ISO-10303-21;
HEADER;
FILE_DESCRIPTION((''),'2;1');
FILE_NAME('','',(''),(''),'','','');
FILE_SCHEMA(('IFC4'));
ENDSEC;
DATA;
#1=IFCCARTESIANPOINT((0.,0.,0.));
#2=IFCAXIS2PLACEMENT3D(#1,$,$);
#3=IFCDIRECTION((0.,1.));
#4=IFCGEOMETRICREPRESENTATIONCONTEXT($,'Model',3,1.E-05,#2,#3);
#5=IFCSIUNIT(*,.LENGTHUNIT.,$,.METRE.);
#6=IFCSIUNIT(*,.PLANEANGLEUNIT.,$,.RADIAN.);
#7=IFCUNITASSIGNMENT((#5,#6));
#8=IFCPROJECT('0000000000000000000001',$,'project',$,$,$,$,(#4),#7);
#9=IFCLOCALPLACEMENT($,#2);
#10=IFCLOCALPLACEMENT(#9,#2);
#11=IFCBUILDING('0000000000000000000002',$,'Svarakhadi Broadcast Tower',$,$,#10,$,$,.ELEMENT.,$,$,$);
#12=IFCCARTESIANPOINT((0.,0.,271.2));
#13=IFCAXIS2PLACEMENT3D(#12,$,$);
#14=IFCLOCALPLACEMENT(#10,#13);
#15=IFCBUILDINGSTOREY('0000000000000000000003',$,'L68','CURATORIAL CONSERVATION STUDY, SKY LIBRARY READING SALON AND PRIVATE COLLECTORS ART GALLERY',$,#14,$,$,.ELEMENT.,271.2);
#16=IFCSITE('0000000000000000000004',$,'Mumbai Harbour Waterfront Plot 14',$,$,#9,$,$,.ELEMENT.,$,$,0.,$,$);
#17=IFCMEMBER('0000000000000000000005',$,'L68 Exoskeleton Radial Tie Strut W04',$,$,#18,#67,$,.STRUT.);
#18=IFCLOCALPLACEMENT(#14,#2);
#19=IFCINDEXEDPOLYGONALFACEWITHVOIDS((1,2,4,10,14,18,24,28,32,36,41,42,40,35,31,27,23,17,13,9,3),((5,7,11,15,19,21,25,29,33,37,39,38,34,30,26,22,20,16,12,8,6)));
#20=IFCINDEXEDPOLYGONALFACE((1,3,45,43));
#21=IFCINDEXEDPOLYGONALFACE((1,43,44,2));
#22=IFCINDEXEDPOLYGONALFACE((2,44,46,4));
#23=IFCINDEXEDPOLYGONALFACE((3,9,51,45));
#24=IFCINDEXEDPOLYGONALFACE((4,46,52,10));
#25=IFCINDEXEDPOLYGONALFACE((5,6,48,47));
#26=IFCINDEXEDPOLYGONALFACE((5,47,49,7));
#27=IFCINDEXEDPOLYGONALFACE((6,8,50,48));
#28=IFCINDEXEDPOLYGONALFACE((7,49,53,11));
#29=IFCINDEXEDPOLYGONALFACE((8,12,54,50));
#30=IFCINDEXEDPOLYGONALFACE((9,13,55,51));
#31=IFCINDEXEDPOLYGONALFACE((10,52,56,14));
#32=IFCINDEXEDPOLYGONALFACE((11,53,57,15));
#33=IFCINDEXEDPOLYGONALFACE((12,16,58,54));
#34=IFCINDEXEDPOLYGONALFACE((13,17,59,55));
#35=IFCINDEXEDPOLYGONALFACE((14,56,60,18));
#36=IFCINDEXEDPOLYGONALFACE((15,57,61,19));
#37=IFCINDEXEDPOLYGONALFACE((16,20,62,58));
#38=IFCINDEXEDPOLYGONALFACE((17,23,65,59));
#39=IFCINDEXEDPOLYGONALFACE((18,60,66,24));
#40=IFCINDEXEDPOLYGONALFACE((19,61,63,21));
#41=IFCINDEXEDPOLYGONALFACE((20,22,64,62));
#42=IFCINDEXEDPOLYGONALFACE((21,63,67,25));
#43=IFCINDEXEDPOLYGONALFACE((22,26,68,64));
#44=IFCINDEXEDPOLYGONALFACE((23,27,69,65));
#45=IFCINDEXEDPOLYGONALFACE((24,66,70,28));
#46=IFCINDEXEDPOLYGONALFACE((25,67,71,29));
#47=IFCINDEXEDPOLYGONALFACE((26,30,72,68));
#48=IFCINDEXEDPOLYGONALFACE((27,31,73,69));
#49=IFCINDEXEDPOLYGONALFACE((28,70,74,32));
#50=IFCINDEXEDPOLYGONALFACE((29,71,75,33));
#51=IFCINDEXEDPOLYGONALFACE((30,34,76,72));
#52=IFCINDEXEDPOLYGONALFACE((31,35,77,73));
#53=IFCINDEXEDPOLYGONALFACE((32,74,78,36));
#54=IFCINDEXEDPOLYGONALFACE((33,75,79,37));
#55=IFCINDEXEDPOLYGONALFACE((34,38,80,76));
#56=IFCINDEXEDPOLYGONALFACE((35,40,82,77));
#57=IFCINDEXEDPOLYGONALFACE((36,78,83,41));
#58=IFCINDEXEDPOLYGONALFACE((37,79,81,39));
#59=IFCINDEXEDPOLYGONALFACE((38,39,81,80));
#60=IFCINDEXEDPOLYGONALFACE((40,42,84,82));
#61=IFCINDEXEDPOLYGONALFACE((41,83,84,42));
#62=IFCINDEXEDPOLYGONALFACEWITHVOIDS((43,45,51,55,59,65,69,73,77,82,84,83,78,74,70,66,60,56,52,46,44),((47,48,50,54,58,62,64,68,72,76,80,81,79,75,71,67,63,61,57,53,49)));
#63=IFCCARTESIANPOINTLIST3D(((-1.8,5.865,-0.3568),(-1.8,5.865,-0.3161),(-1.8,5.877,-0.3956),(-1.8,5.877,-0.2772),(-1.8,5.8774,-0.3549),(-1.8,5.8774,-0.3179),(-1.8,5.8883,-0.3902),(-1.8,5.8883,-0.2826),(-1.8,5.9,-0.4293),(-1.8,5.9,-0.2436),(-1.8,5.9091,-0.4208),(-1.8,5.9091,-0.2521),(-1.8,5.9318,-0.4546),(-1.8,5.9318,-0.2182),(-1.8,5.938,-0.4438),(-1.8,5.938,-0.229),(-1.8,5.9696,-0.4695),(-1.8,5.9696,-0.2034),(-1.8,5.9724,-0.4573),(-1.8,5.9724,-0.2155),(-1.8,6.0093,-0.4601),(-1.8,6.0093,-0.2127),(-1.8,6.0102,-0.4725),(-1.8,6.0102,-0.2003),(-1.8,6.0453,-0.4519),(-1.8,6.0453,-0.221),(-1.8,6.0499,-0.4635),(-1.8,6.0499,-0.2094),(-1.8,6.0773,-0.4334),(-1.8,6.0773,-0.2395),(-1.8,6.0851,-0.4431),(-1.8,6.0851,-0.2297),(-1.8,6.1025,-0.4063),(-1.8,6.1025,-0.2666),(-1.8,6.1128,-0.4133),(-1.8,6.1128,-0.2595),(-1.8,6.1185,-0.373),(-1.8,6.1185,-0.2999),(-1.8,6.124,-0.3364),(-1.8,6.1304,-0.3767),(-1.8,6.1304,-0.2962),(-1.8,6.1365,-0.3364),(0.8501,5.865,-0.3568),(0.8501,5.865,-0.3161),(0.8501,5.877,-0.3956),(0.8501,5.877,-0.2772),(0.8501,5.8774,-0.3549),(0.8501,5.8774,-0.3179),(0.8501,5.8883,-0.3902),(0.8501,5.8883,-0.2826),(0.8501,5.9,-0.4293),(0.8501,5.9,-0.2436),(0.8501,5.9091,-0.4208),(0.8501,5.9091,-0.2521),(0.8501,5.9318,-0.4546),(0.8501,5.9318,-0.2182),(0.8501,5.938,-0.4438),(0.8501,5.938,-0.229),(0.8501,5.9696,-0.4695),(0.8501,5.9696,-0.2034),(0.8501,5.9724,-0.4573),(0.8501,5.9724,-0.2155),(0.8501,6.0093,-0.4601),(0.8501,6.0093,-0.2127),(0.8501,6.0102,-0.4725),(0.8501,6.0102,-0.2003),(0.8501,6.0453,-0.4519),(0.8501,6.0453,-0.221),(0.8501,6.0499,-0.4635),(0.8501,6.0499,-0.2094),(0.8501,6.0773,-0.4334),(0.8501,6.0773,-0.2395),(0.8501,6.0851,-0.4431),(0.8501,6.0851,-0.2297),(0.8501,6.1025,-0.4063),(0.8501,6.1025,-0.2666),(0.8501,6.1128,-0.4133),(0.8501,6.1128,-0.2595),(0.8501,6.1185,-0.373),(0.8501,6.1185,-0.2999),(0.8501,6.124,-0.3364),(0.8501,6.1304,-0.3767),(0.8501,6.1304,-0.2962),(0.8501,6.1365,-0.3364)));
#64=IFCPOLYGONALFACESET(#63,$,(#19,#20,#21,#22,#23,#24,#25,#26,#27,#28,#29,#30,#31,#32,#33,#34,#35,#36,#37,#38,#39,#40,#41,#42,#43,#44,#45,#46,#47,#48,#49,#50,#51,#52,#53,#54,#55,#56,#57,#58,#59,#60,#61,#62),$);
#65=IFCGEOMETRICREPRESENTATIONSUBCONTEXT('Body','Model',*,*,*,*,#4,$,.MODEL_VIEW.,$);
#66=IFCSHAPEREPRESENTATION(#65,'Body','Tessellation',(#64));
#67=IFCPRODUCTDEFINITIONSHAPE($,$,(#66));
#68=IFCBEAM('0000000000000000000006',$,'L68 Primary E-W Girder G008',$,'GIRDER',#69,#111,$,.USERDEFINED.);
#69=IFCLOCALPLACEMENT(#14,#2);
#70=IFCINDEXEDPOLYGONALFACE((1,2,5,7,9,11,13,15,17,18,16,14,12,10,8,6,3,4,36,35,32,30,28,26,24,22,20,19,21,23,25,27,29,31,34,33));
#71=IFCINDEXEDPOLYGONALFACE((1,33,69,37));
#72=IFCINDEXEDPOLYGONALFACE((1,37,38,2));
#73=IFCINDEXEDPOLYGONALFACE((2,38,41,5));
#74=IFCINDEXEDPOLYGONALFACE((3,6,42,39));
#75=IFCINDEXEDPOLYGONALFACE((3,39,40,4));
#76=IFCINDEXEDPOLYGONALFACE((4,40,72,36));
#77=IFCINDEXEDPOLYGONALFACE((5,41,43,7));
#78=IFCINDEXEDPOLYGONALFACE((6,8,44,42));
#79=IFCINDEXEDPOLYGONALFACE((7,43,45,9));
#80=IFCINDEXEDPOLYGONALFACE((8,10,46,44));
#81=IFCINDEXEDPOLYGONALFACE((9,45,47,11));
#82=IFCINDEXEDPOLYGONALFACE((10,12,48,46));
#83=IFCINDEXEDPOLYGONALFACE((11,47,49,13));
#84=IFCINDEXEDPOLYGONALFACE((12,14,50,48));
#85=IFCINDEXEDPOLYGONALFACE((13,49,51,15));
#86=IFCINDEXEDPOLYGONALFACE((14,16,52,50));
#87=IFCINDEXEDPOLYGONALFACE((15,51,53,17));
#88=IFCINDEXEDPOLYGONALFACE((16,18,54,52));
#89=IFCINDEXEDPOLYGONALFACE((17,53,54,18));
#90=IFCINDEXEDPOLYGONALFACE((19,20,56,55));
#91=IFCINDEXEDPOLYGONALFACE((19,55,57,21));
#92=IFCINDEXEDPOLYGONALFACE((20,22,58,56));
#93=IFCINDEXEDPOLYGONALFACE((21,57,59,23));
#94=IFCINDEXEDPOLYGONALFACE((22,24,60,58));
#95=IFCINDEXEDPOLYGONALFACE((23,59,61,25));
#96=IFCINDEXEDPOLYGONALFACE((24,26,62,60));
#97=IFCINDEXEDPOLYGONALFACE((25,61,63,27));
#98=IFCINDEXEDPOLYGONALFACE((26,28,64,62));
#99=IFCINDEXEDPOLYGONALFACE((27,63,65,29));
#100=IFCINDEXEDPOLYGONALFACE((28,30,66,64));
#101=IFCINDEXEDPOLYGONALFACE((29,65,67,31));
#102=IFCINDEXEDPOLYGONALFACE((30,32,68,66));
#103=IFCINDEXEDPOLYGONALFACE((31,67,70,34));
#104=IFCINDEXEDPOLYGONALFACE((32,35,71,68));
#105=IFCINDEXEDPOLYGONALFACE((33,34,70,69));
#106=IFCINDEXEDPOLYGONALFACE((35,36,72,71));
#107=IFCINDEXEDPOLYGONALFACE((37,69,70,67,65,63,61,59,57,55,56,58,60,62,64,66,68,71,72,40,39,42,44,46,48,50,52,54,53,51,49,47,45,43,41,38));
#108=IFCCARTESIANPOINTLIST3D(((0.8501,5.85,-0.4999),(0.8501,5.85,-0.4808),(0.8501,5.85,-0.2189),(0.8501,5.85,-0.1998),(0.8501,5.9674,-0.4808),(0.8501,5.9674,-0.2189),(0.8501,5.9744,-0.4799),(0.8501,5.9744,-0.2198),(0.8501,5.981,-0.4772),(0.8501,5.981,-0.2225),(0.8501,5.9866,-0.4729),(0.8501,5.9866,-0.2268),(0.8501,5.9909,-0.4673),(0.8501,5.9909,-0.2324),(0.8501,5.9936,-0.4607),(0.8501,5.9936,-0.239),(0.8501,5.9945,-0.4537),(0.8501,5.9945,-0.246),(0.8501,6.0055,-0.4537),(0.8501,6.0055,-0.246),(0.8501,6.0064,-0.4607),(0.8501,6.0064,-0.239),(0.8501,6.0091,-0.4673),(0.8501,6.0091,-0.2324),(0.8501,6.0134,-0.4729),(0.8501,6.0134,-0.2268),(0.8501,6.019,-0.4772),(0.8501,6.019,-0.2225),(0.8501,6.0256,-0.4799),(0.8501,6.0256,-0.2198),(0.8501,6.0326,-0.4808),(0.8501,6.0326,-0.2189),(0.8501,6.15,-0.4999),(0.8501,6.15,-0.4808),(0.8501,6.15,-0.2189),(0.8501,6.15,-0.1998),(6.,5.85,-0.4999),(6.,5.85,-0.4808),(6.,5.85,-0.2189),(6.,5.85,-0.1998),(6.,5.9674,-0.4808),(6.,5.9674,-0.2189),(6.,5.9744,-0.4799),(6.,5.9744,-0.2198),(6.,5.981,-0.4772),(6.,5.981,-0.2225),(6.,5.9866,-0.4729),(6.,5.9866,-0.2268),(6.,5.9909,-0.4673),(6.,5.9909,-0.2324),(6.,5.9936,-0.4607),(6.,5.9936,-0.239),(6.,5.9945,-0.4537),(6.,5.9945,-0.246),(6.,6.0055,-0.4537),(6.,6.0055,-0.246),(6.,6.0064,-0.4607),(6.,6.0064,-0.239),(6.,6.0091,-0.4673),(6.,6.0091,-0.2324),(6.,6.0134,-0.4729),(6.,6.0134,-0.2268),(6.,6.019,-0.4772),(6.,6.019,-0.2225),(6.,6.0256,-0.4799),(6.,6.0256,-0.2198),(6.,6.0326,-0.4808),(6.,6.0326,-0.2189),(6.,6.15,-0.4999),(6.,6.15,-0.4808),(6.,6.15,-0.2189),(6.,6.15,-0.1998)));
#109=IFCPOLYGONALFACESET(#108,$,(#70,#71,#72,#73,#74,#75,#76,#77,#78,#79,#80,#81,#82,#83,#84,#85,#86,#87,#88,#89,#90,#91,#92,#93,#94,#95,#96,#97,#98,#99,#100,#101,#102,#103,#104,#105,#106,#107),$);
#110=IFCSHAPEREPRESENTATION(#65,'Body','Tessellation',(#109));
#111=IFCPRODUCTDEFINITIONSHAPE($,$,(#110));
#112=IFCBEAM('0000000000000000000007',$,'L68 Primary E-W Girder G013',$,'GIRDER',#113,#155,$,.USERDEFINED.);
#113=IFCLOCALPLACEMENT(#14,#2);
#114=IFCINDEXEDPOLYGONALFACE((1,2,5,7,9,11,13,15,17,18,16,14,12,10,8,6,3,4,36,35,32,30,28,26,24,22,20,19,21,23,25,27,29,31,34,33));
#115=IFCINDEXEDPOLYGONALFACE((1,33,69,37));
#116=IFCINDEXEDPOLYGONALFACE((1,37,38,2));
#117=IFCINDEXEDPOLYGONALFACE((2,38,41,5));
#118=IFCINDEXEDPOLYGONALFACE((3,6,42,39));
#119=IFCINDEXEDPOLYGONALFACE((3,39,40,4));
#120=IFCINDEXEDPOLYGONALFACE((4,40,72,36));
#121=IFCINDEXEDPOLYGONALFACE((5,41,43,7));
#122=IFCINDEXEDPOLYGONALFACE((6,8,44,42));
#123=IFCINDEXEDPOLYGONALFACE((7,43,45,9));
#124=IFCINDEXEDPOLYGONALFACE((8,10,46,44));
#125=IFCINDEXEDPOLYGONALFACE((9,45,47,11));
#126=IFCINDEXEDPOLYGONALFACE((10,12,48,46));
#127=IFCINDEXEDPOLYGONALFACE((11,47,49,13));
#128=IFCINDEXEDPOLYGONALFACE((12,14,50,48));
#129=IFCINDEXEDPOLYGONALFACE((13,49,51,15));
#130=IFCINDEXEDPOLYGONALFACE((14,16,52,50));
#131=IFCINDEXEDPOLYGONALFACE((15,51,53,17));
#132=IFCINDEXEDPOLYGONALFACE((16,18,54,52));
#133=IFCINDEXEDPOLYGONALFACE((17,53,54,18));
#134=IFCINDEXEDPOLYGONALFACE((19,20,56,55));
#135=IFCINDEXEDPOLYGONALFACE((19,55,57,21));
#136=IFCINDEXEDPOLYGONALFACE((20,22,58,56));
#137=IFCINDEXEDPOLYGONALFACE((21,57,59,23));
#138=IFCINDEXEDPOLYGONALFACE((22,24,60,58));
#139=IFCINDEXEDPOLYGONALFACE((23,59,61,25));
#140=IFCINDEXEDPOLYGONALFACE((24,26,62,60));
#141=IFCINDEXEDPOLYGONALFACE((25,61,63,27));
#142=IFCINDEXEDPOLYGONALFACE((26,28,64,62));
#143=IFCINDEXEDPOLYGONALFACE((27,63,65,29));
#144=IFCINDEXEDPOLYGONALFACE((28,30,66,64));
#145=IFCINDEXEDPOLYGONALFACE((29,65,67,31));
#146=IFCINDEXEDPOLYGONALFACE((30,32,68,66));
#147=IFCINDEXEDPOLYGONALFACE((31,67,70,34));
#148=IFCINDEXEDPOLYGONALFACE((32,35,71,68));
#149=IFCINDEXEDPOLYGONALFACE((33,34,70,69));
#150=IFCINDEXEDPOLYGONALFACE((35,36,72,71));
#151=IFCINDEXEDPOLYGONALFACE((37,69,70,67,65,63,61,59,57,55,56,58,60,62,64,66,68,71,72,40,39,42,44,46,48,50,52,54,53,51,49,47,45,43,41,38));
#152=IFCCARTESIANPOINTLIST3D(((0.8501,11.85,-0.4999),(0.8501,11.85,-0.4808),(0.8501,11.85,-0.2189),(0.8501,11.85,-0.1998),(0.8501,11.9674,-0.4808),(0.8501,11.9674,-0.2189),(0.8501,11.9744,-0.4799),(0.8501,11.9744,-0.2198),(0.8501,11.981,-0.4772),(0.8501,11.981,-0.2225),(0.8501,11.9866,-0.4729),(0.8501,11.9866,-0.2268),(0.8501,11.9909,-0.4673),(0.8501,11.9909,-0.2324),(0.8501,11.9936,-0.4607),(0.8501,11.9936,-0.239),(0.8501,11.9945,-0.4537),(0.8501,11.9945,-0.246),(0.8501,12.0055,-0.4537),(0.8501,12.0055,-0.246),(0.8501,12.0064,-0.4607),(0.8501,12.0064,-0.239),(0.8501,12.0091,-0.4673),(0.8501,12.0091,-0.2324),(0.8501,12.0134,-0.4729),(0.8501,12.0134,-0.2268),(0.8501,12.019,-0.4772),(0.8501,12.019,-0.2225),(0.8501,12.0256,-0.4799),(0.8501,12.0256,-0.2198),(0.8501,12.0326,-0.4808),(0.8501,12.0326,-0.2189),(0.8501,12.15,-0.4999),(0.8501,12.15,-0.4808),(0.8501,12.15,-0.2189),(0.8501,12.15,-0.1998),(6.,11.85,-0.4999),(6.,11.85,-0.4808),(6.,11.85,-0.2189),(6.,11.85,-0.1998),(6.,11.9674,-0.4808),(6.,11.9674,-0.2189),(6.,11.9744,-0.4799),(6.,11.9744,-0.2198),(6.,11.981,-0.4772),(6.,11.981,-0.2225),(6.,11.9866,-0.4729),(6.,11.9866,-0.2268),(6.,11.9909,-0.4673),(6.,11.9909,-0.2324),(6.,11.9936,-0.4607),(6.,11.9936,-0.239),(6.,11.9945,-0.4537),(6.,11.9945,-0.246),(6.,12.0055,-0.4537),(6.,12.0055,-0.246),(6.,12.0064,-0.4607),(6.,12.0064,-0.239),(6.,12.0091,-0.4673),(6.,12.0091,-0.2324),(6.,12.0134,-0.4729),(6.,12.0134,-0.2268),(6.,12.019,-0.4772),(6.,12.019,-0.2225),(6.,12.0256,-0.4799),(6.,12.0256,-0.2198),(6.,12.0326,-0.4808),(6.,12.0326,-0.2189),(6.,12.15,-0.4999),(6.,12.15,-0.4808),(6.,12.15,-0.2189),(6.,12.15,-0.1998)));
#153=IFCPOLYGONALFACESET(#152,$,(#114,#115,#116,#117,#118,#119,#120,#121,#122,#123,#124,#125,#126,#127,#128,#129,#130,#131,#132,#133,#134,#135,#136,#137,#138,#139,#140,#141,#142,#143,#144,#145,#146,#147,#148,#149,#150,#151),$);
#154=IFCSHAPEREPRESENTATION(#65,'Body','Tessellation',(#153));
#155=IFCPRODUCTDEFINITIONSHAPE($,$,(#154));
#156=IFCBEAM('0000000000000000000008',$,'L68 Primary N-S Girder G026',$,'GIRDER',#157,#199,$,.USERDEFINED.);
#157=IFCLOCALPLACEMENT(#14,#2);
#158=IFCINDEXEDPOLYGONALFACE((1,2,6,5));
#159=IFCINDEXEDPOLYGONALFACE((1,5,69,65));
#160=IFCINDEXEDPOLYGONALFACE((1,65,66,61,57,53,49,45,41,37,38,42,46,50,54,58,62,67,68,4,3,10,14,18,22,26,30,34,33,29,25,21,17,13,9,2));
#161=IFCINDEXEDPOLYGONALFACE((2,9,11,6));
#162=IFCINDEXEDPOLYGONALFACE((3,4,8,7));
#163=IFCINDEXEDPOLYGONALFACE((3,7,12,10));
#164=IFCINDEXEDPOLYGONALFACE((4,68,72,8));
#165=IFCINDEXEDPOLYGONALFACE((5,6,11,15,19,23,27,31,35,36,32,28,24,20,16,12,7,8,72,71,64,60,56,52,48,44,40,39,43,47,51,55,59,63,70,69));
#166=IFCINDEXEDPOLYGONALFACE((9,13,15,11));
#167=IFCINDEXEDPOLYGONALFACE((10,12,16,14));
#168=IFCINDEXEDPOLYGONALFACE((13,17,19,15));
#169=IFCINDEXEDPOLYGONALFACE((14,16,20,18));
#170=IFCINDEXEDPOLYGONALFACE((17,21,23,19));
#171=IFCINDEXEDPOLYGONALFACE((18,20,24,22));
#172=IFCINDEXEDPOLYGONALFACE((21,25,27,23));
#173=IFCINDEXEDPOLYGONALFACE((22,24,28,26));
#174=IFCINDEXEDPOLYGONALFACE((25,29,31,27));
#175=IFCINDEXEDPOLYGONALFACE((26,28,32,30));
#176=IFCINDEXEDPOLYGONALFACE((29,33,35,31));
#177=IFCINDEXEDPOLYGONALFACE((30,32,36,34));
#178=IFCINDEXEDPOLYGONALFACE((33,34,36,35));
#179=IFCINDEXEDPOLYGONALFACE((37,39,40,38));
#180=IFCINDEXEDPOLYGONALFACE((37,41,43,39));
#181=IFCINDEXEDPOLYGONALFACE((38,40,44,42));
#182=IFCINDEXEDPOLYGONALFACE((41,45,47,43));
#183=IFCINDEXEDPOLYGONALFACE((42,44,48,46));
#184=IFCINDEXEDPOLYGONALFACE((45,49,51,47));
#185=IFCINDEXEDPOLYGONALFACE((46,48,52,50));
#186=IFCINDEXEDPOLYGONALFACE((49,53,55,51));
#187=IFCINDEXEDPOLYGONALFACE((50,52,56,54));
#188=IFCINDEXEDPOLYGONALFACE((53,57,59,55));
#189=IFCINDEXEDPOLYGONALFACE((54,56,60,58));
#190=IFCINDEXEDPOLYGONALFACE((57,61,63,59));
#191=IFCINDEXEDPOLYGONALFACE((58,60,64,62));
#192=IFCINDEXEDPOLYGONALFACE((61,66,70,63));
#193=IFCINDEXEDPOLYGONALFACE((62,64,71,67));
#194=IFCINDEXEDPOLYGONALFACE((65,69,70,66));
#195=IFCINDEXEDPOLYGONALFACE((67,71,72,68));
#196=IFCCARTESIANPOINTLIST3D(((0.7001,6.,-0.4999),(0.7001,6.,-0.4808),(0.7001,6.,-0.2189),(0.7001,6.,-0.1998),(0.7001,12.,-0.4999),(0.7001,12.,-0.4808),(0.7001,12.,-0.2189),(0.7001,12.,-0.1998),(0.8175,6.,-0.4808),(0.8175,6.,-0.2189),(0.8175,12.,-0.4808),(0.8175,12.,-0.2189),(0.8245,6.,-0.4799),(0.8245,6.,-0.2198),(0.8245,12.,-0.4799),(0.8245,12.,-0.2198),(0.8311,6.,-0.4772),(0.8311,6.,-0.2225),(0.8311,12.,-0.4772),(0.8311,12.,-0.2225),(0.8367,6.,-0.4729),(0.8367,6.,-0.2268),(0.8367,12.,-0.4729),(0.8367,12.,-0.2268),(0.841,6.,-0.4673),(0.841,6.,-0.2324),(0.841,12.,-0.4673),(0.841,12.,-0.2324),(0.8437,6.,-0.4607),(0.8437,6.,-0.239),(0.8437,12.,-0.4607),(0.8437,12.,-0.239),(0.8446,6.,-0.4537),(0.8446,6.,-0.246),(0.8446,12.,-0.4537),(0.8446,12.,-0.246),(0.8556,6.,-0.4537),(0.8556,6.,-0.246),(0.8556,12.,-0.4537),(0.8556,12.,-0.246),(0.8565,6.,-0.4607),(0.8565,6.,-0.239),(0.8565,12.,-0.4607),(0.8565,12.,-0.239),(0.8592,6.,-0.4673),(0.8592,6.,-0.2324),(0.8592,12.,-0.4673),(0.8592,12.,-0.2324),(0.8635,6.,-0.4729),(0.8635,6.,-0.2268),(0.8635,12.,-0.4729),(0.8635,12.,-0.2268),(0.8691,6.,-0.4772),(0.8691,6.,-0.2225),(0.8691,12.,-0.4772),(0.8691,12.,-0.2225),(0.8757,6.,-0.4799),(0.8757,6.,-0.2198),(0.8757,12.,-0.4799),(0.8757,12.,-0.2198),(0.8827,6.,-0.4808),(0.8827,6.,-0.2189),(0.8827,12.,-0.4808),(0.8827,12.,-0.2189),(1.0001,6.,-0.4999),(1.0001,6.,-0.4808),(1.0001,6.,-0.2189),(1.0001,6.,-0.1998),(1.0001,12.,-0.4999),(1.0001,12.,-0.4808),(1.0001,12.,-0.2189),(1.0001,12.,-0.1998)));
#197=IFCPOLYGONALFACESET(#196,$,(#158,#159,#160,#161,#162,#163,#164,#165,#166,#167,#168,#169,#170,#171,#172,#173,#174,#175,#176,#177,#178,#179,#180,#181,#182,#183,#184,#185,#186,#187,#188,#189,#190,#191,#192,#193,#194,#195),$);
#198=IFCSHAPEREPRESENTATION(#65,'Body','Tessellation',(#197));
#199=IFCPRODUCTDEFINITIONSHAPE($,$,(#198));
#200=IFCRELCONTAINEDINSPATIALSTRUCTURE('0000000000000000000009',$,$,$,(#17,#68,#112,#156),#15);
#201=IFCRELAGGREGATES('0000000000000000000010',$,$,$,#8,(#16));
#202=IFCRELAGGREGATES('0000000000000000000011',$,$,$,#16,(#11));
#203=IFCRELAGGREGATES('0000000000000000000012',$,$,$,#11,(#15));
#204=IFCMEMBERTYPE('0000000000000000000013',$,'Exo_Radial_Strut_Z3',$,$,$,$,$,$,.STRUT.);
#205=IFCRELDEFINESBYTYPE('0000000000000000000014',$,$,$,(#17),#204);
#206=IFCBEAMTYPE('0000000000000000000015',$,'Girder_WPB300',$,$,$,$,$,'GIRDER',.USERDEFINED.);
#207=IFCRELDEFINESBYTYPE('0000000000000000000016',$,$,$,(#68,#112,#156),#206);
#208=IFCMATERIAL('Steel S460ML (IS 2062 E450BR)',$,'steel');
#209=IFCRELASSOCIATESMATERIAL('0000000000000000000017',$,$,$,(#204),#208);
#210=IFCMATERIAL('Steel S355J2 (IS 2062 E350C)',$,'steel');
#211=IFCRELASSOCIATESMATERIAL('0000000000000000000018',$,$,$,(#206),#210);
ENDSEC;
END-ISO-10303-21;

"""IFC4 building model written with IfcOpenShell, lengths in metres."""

from ifc_helpers import new_model, si_unit, direction, frame, origin, origin_2d, place, context, subcontext, project, spatial, hollow_circle, i_section, extrude, material, material_profile, profile_set, type_object, element, save


model = new_model("IFC4")

# Units and contexts
model_context = context("Model", 3, precision=1e-05, world=origin(), true_north=direction((0.0, 1.0)))
body_context = subcontext(model_context, "Body", "Model", "MODEL_VIEW")
ifc_project = project(units=[si_unit("LENGTHUNIT", "METRE"), si_unit("PLANEANGLEUNIT", "RADIAN")], contexts=[model_context])

# Site, building, storey
site_placement = place(None, origin())
site = spatial("IfcSite", under=ifc_project, at=site_placement, Name="Mumbai Harbour Waterfront Plot 14", CompositionType="ELEMENT", RefElevation=0.0)
building_placement = place(site_placement, origin())
building = spatial("IfcBuilding", under=site, at=building_placement, Name="Svarakhadi Broadcast Tower", CompositionType="ELEMENT")
storey_placement = place(building_placement, frame((0.0, 0.0, 271.2)))
storey = spatial("IfcBuildingStorey", under=building, at=storey_placement, Name="L68", Description="CURATORIAL CONSERVATION STUDY, SKY LIBRARY READING SALON AND PRIVATE COLLECTORS ART GALLERY", CompositionType="ELEMENT", Elevation=271.2)

# Shared definitions
ifc_material_1 = material(Name="Steel S460ML (IS 2062 E450BR)", Category="steel")

# Shared definitions
ifc_material_2 = material(Name="Steel S355J2 (IS 2062 E350C)", Category="steel")

# Member
ifc_material_profile_1 = material_profile(ifc_material_1, hollow_circle(Radius=0.1365, WallThickness=0.0125, at=origin_2d()), Name="CHS 273x12.5")
ifc_profile_set_1 = profile_set([ifc_material_profile_1], Name="Steel S460ML (IS 2062 E450BR)")
member_type_1 = type_object("IfcMemberType", Name="Exo_Radial_Strut_Z3", PredefinedType="STRUT", material=ifc_profile_set_1)
member_1_placement = place(storey_placement, frame((-1.8, 6.0, -0.3364), z_axis=(1.0, 0.0, 0.0), x_axis=(0.0, 1.0, 0.0)))
element("IfcMember", 1, at=member_1_placement, inside=storey, type_object=member_type_1, Name="L68 Exoskeleton Radial Tie Strut W04", PredefinedType="STRUT", context=body_context, shape_type="SweptSolid", body=[
    extrude(hollow_circle(Radius=0.1365, WallThickness=0.0125, at=origin_2d()), origin(), (0.0, 0.0, 1.0), 2.6501),
])

# Beams
ifc_material_profile_2 = material_profile(ifc_material_2, i_section(OverallWidth=0.3, OverallDepth=0.3, WebThickness=0.011, FlangeThickness=0.019, FilletRadius=0.0271, at=origin_2d()), Name="WPB 300x300x117")
ifc_profile_set_2 = profile_set([ifc_material_profile_2], Name="Steel S355J2 (IS 2062 E350C)")
beam_type_1 = type_object("IfcBeamType", Name="Girder_WPB300", ElementType="GIRDER", PredefinedType="USERDEFINED", material=ifc_profile_set_2)
for number, where, z_axis, x_axis, name in (
    (2, (0.8501, 6.0, -0.3499), (1.0, 0.0, 0.0), (0.0, 1.0, 0.0), "L68 Primary E-W Girder G008"),
    (3, (0.8501, 12.0, -0.3499), (1.0, 0.0, 0.0), (0.0, 1.0, 0.0), "L68 Primary E-W Girder G013"),
):
    element("IfcBeam", number, at=place(storey_placement, frame(where, z_axis=z_axis, x_axis=x_axis)), inside=storey, type_object=beam_type_1, Name=name, ObjectType="GIRDER", PredefinedType="USERDEFINED", context=body_context, shape_type="SweptSolid", body=[
        extrude(i_section(OverallWidth=0.3, OverallDepth=0.3, WebThickness=0.011, FlangeThickness=0.019, FilletRadius=0.0271, at=origin_2d()), origin(), (0.0, 0.0, 1.0), 5.1499),
    ])
for number, where, z_axis, x_axis, name in (
    (4, (0.8501, 6.0, -0.3499), (0.0, 1.0, 0.0), (-1.0, 0.0, 0.0), "L68 Primary N-S Girder G026"),
):
    element("IfcBeam", number, at=place(storey_placement, frame(where, z_axis=z_axis, x_axis=x_axis)), inside=storey, type_object=beam_type_1, Name=name, ObjectType="GIRDER", PredefinedType="USERDEFINED", context=body_context, shape_type="SweptSolid", body=[
        extrude(i_section(OverallWidth=0.3, OverallDepth=0.3, WebThickness=0.011, FlangeThickness=0.019, FilletRadius=0.0271, at=origin_2d()), origin(), (0.0, 0.0, 1.0), 6.0),
    ])

save(model, "model.ifc")
